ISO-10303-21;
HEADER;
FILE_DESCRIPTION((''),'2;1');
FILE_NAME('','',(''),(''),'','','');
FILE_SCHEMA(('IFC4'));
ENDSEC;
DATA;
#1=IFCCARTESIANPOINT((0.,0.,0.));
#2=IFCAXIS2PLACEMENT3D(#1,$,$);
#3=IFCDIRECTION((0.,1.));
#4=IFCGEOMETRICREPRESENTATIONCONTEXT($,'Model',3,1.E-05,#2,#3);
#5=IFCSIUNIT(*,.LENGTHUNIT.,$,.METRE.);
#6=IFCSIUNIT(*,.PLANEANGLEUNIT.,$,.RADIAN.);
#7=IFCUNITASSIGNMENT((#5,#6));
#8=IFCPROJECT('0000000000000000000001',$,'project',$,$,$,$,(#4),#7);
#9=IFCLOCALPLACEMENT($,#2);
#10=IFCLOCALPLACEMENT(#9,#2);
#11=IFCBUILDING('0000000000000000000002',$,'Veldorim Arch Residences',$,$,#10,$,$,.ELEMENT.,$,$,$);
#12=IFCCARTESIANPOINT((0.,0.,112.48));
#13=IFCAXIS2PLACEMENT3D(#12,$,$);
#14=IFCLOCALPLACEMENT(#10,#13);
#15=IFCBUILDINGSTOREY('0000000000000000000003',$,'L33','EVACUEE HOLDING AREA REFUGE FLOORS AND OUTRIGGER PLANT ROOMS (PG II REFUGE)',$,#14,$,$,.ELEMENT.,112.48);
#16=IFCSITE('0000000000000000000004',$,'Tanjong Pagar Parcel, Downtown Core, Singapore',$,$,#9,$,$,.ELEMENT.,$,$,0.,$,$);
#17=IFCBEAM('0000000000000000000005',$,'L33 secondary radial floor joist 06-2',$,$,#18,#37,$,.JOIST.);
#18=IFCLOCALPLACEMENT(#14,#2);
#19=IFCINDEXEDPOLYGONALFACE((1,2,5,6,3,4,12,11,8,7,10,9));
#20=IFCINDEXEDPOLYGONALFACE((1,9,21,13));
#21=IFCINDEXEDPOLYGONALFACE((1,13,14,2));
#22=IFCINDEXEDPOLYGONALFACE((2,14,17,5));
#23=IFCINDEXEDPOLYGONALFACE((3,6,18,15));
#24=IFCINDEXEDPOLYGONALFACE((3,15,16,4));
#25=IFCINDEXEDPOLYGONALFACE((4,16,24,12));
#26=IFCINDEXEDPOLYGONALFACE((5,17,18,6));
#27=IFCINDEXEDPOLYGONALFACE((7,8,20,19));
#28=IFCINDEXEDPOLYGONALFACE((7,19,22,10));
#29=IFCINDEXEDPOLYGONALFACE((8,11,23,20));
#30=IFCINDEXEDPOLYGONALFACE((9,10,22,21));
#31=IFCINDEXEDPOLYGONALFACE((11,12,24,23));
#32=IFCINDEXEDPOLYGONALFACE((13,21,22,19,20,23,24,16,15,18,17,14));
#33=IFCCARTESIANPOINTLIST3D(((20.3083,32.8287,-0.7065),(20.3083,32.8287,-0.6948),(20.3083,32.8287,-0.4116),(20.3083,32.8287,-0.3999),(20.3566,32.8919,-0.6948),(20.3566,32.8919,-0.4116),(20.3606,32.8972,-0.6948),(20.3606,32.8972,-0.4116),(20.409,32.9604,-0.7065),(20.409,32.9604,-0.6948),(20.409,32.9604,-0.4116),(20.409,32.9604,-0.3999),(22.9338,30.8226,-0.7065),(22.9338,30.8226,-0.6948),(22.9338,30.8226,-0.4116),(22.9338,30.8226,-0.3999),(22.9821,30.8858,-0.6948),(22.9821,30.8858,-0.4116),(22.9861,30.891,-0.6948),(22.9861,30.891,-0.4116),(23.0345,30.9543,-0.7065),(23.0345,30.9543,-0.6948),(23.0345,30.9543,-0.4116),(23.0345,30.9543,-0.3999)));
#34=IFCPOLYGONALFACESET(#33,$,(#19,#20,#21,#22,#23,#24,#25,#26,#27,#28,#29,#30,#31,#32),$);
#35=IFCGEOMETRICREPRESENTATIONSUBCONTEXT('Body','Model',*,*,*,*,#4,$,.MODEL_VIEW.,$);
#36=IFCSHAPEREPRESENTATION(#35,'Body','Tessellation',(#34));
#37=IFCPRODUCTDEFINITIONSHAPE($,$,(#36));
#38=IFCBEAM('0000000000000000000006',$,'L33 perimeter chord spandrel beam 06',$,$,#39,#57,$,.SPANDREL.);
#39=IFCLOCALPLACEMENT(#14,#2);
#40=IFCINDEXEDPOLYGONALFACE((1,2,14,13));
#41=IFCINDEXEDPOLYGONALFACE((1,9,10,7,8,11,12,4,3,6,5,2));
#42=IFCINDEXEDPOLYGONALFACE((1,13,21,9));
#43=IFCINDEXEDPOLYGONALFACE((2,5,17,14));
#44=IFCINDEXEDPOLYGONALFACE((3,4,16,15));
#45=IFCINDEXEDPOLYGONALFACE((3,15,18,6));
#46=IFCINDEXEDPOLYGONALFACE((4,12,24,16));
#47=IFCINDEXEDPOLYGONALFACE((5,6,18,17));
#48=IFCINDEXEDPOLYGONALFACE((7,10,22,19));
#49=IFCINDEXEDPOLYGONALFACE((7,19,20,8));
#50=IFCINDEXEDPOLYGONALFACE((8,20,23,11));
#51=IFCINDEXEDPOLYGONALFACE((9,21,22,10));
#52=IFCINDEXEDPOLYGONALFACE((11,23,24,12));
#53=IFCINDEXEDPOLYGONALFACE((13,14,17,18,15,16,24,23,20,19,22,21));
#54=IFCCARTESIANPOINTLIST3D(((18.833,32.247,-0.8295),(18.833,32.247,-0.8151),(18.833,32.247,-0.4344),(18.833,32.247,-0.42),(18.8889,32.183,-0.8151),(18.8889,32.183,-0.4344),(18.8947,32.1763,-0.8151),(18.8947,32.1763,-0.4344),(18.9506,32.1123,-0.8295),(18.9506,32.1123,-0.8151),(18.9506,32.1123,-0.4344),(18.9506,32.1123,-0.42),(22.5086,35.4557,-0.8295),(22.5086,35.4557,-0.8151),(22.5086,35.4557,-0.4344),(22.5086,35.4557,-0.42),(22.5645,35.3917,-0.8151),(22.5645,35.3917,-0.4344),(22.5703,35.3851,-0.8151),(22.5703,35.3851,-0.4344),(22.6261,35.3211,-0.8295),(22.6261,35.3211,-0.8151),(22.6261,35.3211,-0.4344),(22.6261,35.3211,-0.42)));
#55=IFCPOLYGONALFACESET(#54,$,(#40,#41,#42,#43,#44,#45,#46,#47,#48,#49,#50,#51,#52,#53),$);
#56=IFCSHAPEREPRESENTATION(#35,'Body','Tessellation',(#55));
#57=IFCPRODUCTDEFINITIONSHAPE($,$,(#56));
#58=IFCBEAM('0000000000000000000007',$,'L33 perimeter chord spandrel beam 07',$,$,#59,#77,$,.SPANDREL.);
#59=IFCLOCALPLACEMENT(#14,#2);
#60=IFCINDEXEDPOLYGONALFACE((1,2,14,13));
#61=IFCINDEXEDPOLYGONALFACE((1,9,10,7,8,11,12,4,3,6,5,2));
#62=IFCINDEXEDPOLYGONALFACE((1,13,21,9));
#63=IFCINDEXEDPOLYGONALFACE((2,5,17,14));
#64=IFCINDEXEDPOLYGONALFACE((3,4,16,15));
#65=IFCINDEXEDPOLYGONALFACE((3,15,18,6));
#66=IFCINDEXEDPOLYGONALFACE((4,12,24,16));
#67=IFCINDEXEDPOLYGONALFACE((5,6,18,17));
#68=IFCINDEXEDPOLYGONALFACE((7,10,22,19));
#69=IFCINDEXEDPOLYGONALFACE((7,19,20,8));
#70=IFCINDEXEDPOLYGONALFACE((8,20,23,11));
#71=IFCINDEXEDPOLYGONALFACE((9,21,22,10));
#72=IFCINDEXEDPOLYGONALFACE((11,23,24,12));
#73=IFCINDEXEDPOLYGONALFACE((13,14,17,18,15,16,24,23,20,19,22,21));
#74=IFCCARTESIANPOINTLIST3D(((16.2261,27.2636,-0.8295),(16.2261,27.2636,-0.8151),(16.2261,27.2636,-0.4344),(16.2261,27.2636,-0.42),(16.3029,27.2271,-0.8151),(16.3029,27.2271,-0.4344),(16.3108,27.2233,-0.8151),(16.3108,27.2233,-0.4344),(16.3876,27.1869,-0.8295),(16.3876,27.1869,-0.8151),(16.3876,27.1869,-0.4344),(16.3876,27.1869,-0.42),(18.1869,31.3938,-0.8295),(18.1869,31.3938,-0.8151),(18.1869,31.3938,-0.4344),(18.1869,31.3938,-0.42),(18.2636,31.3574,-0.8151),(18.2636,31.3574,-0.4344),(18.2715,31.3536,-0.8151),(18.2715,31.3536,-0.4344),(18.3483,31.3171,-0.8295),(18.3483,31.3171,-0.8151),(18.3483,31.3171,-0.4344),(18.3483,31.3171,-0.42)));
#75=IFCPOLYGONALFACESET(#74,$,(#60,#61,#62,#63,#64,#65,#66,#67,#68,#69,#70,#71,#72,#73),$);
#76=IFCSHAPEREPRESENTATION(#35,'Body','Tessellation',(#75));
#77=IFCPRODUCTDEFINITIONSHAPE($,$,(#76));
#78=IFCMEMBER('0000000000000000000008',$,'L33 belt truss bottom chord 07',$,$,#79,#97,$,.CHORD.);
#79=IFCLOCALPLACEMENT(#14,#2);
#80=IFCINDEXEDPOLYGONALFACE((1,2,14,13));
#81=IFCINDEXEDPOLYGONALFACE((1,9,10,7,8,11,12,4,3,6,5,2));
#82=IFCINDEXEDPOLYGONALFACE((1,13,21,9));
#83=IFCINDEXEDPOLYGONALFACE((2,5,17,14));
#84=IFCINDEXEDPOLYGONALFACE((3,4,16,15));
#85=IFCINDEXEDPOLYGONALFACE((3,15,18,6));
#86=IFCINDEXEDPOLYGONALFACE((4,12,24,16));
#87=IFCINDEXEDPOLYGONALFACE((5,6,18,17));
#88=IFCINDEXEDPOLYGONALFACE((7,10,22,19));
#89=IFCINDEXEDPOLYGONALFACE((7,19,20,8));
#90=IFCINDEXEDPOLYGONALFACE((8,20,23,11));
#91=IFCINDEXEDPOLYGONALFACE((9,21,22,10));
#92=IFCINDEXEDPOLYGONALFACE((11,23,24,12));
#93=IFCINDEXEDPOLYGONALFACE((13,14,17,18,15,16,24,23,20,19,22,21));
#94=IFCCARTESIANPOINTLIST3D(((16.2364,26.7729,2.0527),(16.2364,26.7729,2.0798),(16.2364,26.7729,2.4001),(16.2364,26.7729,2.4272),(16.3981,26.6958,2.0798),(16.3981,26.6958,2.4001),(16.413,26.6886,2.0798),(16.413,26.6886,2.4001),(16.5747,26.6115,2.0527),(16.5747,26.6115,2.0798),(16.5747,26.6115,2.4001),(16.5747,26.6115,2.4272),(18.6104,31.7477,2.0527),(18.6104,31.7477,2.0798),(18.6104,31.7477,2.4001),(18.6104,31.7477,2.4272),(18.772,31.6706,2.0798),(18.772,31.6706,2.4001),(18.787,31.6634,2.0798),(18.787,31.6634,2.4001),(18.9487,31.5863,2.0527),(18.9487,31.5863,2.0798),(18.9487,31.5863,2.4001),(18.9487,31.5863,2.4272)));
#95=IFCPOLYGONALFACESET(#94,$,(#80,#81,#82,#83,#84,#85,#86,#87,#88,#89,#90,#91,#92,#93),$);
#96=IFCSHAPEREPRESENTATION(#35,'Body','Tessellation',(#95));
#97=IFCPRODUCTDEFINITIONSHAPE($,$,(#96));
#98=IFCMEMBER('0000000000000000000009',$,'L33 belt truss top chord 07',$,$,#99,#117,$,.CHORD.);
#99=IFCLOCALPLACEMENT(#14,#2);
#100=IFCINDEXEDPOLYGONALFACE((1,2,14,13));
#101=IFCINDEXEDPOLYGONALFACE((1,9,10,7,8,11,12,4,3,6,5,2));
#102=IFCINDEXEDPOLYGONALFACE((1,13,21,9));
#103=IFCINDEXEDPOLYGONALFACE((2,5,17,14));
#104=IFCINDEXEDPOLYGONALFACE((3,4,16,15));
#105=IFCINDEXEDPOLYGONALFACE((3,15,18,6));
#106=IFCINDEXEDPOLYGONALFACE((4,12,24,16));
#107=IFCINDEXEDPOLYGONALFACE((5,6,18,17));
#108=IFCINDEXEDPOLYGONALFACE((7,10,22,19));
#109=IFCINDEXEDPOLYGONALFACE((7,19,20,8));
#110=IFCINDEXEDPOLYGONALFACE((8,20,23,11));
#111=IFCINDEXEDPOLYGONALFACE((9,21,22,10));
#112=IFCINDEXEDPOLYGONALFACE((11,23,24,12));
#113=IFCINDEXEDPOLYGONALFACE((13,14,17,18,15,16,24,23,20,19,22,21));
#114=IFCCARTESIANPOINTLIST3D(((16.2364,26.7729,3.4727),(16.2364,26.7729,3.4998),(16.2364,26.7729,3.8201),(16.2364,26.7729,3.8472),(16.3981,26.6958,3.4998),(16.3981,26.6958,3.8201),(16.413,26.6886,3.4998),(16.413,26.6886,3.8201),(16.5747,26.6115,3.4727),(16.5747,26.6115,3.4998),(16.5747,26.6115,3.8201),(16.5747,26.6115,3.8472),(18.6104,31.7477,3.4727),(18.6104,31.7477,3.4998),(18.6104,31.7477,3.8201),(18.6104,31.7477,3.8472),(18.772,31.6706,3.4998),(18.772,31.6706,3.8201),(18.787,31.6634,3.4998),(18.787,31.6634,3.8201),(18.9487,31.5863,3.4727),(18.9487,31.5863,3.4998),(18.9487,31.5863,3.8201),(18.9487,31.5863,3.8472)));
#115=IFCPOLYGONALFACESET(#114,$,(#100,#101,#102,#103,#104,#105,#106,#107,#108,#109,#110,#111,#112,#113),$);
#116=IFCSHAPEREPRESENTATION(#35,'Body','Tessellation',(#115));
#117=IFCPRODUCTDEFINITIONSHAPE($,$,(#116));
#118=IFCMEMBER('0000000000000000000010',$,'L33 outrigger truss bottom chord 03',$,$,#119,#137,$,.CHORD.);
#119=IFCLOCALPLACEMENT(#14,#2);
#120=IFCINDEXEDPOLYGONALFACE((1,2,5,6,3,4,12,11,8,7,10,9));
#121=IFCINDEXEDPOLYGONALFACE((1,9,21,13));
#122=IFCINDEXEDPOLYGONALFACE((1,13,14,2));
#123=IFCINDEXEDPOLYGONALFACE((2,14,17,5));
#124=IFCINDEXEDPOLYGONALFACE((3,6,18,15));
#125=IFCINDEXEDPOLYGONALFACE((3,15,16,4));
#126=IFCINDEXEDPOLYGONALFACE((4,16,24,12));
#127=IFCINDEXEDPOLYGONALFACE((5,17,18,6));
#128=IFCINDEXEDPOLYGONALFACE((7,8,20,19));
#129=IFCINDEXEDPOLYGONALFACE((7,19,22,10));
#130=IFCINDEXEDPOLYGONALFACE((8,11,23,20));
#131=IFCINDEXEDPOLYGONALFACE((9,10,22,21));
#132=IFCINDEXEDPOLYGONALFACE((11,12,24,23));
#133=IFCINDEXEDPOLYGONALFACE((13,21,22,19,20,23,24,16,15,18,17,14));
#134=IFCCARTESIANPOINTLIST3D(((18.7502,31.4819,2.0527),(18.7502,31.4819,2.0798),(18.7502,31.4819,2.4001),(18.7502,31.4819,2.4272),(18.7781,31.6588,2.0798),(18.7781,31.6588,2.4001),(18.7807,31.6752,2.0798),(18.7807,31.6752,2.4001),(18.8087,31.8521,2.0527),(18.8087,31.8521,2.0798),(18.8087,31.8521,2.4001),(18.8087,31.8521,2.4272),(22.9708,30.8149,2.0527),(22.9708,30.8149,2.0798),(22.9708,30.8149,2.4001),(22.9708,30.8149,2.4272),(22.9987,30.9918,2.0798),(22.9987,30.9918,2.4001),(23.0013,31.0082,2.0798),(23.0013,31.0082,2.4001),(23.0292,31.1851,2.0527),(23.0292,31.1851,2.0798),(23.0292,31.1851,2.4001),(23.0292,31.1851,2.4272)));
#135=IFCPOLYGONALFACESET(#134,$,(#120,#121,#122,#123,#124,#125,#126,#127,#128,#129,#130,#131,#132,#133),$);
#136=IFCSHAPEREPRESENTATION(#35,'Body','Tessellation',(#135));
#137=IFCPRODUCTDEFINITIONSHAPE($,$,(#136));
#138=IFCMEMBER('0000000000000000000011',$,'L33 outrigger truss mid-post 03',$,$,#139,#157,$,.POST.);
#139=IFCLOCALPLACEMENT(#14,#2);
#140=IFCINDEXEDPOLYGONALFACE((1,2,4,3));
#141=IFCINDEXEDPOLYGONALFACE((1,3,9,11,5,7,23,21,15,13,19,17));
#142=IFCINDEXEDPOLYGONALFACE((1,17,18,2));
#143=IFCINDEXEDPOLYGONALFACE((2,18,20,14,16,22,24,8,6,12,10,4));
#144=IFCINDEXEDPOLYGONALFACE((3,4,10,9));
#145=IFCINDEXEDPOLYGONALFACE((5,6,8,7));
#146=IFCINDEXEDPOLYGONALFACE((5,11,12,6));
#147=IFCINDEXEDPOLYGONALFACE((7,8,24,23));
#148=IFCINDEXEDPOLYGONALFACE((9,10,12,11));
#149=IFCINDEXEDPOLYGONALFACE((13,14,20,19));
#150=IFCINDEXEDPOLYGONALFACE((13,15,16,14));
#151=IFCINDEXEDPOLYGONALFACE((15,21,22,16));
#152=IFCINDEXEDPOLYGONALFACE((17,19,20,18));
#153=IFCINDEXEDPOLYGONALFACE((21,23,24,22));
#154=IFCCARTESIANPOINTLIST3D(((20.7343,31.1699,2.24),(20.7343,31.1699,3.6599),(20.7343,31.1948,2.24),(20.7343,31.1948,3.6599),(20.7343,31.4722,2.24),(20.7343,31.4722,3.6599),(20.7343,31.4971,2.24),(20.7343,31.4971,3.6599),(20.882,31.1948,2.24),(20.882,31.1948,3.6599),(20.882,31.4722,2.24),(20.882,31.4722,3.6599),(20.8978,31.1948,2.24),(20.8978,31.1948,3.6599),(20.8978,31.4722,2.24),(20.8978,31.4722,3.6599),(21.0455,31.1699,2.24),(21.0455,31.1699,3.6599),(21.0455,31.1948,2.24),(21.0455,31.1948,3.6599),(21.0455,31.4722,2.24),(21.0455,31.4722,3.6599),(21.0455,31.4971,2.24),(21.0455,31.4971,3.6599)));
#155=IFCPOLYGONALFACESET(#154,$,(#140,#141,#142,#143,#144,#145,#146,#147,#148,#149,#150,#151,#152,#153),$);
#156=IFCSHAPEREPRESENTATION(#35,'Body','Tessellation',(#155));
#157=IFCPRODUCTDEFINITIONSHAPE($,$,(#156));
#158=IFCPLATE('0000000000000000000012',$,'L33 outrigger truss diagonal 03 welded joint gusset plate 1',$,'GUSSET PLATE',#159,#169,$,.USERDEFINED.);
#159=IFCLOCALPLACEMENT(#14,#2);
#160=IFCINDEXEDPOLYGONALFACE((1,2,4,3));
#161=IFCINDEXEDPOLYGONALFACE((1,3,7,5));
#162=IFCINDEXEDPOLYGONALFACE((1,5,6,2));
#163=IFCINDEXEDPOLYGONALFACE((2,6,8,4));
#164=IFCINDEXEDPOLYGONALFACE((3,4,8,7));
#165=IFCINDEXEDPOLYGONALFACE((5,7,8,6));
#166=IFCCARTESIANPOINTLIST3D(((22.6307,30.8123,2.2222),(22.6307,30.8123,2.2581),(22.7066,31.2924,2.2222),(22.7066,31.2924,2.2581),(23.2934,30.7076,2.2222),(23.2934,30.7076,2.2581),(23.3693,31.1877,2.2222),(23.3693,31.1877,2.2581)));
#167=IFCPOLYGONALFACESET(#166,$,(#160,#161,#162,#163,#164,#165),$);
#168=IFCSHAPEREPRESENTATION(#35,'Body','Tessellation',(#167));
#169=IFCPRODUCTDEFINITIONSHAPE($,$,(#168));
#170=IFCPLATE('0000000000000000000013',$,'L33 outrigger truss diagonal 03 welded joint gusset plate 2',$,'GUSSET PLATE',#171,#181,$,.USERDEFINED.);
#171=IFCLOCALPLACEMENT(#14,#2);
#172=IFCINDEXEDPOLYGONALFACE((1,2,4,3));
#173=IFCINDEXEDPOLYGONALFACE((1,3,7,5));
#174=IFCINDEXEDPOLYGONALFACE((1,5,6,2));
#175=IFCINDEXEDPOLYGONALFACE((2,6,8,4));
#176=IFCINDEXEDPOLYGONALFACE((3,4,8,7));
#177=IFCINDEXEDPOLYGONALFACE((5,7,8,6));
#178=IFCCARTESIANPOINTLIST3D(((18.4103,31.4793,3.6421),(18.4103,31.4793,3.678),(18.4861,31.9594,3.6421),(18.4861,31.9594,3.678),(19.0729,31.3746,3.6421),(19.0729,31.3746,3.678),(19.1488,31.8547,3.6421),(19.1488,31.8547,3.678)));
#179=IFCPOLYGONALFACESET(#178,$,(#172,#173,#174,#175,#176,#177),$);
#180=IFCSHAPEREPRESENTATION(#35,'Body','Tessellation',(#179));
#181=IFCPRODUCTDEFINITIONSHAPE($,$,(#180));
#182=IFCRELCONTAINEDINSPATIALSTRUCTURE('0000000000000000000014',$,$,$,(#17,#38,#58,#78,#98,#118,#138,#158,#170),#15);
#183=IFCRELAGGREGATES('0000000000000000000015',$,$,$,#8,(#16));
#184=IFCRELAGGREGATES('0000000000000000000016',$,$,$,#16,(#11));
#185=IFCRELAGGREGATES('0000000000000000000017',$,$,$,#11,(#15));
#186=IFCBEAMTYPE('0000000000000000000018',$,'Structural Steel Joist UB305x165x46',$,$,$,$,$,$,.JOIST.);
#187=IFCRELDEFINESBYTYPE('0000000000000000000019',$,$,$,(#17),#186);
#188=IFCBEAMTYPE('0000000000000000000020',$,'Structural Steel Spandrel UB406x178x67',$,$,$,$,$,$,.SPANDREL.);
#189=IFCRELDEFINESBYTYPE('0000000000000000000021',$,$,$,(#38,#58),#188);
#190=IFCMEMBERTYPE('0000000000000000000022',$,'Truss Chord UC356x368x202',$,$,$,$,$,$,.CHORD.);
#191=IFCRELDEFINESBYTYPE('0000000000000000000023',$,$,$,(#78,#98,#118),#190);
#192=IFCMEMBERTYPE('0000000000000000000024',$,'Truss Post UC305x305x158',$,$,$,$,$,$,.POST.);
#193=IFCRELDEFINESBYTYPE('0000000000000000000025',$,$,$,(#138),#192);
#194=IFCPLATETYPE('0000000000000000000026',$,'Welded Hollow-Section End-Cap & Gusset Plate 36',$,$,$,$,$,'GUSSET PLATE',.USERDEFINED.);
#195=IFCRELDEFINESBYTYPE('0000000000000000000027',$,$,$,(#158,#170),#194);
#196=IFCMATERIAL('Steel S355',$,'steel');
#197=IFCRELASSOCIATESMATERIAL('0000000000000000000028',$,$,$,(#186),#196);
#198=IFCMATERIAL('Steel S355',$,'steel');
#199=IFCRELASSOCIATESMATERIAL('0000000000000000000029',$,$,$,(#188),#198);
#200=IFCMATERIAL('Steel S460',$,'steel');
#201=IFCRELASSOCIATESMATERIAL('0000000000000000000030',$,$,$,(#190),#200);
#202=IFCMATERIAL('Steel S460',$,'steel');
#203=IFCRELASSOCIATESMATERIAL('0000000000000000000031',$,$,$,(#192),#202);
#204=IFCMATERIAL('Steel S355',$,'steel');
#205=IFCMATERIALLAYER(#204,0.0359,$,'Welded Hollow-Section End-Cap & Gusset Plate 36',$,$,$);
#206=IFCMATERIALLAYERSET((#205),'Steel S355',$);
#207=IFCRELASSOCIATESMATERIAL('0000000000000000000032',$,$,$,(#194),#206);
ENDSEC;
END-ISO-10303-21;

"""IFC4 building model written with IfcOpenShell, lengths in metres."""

from ifc_helpers import new_model, si_unit, direction, frame, origin, origin_2d, place, context, subcontext, project, spatial, rectangle, i_section, extrude, material, layer, layer_set, material_profile, profile_set, type_object, element, save


model = new_model("IFC4")

# Units and contexts
model_context = context("Model", 3, precision=1e-05, world=origin(), true_north=direction((0.0, 1.0)))
body_context = subcontext(model_context, "Body", "Model", "MODEL_VIEW")
ifc_project = project(units=[si_unit("LENGTHUNIT", "METRE"), si_unit("PLANEANGLEUNIT", "RADIAN")], contexts=[model_context])

# Site, building, storey
site_placement = place(None, origin())
site = spatial("IfcSite", under=ifc_project, at=site_placement, Name="Tanjong Pagar Parcel, Downtown Core, Singapore", CompositionType="ELEMENT", RefElevation=0.0)
building_placement = place(site_placement, origin())
building = spatial("IfcBuilding", under=site, at=building_placement, Name="Veldorim Arch Residences", CompositionType="ELEMENT")
storey_placement = place(building_placement, frame((0.0, 0.0, 112.48)))
storey = spatial("IfcBuildingStorey", under=building, at=storey_placement, Name="L33", Description="EVACUEE HOLDING AREA REFUGE FLOORS AND OUTRIGGER PLANT ROOMS (PG II REFUGE)", CompositionType="ELEMENT", Elevation=112.48)

# Beams
ifc_material_1 = material(Name="Steel S355", Category="steel")
ifc_material_profile_1 = material_profile(ifc_material_1, i_section(OverallWidth=0.1658, OverallDepth=0.3066, WebThickness=0.0066, FlangeThickness=0.0117, at=origin_2d()), Name="UB305x165x46")
ifc_profile_set_1 = profile_set([ifc_material_profile_1], Name="Steel S355")
beam_type_1 = type_object("IfcBeamType", Name="Structural Steel Joist UB305x165x46", PredefinedType="JOIST", material=ifc_profile_set_1)
beam_1_placement = place(storey_placement, frame((22.9841, 30.8884, -0.5532), z_axis=(-0.794595, 0.60714, 0.0), x_axis=(-0.60714, -0.794595, 0.0)))
element("IfcBeam", 1, at=beam_1_placement, inside=storey, type_object=beam_type_1, Name="L33 secondary radial floor joist 06-2", PredefinedType="JOIST", context=body_context, shape_type="SweptSolid", body=[
    extrude(i_section(OverallWidth=0.1658, OverallDepth=0.3066, WebThickness=0.0066, FlangeThickness=0.0117, at=origin_2d()), origin(), (0.0, 0.0, 1.0), 3.3042),
])
ifc_material_2 = material(Name="Steel S355", Category="steel")
ifc_material_profile_2 = material_profile(ifc_material_2, i_section(OverallWidth=0.1787, OverallDepth=0.4094, WebThickness=0.0088, FlangeThickness=0.0144, at=origin_2d()), Name="UB406x178x67")
ifc_profile_set_2 = profile_set([ifc_material_profile_2], Name="Steel S355")
beam_type_2 = type_object("IfcBeamType", Name="Structural Steel Spandrel UB406x178x67", PredefinedType="SPANDREL", material=ifc_profile_set_2)
beam_2_placement = place(storey_placement, frame((22.5674, 35.3884, -0.6248), z_axis=(-0.753323, -0.65765, 0.0), x_axis=(0.65765, -0.753323, 0.0)))
element("IfcBeam", 2, at=beam_2_placement, inside=storey, type_object=beam_type_2, Name="L33 perimeter chord spandrel beam 06", PredefinedType="SPANDREL", context=body_context, shape_type="SweptSolid", body=[
    extrude(i_section(OverallWidth=0.1787, OverallDepth=0.4094, WebThickness=0.0088, FlangeThickness=0.0144, at=origin_2d()), origin(), (0.0, 0.0, 1.0), 4.8792),
])
beam_3_placement = place(storey_placement, frame((18.2676, 31.3555, -0.6248), z_axis=(-0.428857, -0.903372, 0.0), x_axis=(0.903372, -0.428857, 0.0)))
element("IfcBeam", 3, at=beam_3_placement, inside=storey, type_object=beam_type_2, Name="L33 perimeter chord spandrel beam 07", PredefinedType="SPANDREL", context=body_context, shape_type="SweptSolid", body=[
    extrude(i_section(OverallWidth=0.1787, OverallDepth=0.4094, WebThickness=0.0088, FlangeThickness=0.0144, at=origin_2d()), origin(), (0.0, 0.0, 1.0), 4.572),
])

# Members
ifc_material_3 = material(Name="Steel S460", Category="steel")
ifc_material_profile_3 = material_profile(ifc_material_3, i_section(OverallWidth=0.3748, OverallDepth=0.3745, WebThickness=0.0166, FlangeThickness=0.0271, at=origin_2d()), Name="UC356x368x202")
ifc_profile_set_3 = profile_set([ifc_material_profile_3], Name="Steel S460")
member_type_1 = type_object("IfcMemberType", Name="Truss Chord UC356x368x202", PredefinedType="CHORD", material=ifc_profile_set_3)
for number, where, z_axis, x_axis, name in (
    (4, (18.7795, 31.667, 2.24), (-0.43068, -0.902505, 0.0), (0.902505, -0.43068, 0.0), "L33 belt truss bottom chord 07"),
    (5, (18.7795, 31.667, 3.6599), (-0.43068, -0.902505, 0.0), (0.902505, -0.43068, 0.0), "L33 belt truss top chord 07"),
):
    element("IfcMember", number, at=place(storey_placement, frame(where, z_axis=z_axis, x_axis=x_axis)), inside=storey, type_object=member_type_1, Name=name, PredefinedType="CHORD", context=body_context, shape_type="SweptSolid", body=[
        extrude(i_section(OverallWidth=0.3748, OverallDepth=0.3745, WebThickness=0.0166, FlangeThickness=0.0271, at=origin_2d()), origin(), (0.0, 0.0, 1.0), 5.5122),
    ])
member_1_placement = place(storey_placement, frame((23.0, 31.0, 2.24), z_axis=(-0.987741, 0.1561, 0.0), x_axis=(-0.1561, -0.987741, 0.0)))
element("IfcMember", 6, at=member_1_placement, inside=storey, type_object=member_type_1, Name="L33 outrigger truss bottom chord 03", PredefinedType="CHORD", context=body_context, shape_type="SweptSolid", body=[
    extrude(i_section(OverallWidth=0.3748, OverallDepth=0.3745, WebThickness=0.0166, FlangeThickness=0.0271, at=origin_2d()), origin(), (0.0, 0.0, 1.0), 4.2729),
])
ifc_material_4 = material(Name="Steel S460", Category="steel")
ifc_material_profile_4 = material_profile(ifc_material_4, i_section(OverallWidth=0.3113, OverallDepth=0.3271, WebThickness=0.0159, FlangeThickness=0.0249, at=origin_2d()), Name="UC305x305x158")
ifc_profile_set_4 = profile_set([ifc_material_profile_4], Name="Steel S460")
member_type_2 = type_object("IfcMemberType", Name="Truss Post UC305x305x158", PredefinedType="POST", material=ifc_profile_set_4)
member_2_placement = place(storey_placement, frame((20.8899, 31.3335, 2.24), z_axis=(0.0, 0.0, 1.0), x_axis=(1.0, 0.0, 0.0)))
element("IfcMember", 7, at=member_2_placement, inside=storey, type_object=member_type_2, Name="L33 outrigger truss mid-post 03", PredefinedType="POST", context=body_context, shape_type="SweptSolid", body=[
    extrude(i_section(OverallWidth=0.3113, OverallDepth=0.3271, WebThickness=0.0159, FlangeThickness=0.0249, at=origin_2d()), origin(), (0.0, 0.0, 1.0), 1.4199),
])

# Plates
ifc_material_5 = material(Name="Steel S355", Category="steel")
ifc_layer_1 = layer(ifc_material_5, 0.0359, Name="Welded Hollow-Section End-Cap & Gusset Plate 36")
ifc_layer_set_1 = layer_set([ifc_layer_1], Name="Steel S355")
plate_type = type_object("IfcPlateType", Name="Welded Hollow-Section End-Cap & Gusset Plate 36", ElementType="GUSSET PLATE", PredefinedType="USERDEFINED", material=ifc_layer_set_1)
for number, where, z_axis, x_axis, name in (
    (8, (23.0, 31.0, 2.2222), (0.0, 0.0, 1.0), (-0.987743, 0.15609, 0.0), "L33 outrigger truss diagonal 03 welded joint gusset plate 1"),
    (9, (18.7795, 31.667, 3.6421), (0.0, 0.0, 1.0), (-0.987743, 0.15609, 0.0), "L33 outrigger truss diagonal 03 welded joint gusset plate 2"),
):
    element("IfcPlate", number, at=place(storey_placement, frame(where, z_axis=z_axis, x_axis=x_axis)), inside=storey, type_object=plate_type, Name=name, ObjectType="GUSSET PLATE", PredefinedType="USERDEFINED", context=body_context, shape_type="SweptSolid", body=[
        extrude(rectangle(XDim=0.6709, YDim=0.4861, at=origin_2d()), origin(), (0.0, 0.0, 1.0), 0.0359),
    ])

save(model, "model.ifc")
